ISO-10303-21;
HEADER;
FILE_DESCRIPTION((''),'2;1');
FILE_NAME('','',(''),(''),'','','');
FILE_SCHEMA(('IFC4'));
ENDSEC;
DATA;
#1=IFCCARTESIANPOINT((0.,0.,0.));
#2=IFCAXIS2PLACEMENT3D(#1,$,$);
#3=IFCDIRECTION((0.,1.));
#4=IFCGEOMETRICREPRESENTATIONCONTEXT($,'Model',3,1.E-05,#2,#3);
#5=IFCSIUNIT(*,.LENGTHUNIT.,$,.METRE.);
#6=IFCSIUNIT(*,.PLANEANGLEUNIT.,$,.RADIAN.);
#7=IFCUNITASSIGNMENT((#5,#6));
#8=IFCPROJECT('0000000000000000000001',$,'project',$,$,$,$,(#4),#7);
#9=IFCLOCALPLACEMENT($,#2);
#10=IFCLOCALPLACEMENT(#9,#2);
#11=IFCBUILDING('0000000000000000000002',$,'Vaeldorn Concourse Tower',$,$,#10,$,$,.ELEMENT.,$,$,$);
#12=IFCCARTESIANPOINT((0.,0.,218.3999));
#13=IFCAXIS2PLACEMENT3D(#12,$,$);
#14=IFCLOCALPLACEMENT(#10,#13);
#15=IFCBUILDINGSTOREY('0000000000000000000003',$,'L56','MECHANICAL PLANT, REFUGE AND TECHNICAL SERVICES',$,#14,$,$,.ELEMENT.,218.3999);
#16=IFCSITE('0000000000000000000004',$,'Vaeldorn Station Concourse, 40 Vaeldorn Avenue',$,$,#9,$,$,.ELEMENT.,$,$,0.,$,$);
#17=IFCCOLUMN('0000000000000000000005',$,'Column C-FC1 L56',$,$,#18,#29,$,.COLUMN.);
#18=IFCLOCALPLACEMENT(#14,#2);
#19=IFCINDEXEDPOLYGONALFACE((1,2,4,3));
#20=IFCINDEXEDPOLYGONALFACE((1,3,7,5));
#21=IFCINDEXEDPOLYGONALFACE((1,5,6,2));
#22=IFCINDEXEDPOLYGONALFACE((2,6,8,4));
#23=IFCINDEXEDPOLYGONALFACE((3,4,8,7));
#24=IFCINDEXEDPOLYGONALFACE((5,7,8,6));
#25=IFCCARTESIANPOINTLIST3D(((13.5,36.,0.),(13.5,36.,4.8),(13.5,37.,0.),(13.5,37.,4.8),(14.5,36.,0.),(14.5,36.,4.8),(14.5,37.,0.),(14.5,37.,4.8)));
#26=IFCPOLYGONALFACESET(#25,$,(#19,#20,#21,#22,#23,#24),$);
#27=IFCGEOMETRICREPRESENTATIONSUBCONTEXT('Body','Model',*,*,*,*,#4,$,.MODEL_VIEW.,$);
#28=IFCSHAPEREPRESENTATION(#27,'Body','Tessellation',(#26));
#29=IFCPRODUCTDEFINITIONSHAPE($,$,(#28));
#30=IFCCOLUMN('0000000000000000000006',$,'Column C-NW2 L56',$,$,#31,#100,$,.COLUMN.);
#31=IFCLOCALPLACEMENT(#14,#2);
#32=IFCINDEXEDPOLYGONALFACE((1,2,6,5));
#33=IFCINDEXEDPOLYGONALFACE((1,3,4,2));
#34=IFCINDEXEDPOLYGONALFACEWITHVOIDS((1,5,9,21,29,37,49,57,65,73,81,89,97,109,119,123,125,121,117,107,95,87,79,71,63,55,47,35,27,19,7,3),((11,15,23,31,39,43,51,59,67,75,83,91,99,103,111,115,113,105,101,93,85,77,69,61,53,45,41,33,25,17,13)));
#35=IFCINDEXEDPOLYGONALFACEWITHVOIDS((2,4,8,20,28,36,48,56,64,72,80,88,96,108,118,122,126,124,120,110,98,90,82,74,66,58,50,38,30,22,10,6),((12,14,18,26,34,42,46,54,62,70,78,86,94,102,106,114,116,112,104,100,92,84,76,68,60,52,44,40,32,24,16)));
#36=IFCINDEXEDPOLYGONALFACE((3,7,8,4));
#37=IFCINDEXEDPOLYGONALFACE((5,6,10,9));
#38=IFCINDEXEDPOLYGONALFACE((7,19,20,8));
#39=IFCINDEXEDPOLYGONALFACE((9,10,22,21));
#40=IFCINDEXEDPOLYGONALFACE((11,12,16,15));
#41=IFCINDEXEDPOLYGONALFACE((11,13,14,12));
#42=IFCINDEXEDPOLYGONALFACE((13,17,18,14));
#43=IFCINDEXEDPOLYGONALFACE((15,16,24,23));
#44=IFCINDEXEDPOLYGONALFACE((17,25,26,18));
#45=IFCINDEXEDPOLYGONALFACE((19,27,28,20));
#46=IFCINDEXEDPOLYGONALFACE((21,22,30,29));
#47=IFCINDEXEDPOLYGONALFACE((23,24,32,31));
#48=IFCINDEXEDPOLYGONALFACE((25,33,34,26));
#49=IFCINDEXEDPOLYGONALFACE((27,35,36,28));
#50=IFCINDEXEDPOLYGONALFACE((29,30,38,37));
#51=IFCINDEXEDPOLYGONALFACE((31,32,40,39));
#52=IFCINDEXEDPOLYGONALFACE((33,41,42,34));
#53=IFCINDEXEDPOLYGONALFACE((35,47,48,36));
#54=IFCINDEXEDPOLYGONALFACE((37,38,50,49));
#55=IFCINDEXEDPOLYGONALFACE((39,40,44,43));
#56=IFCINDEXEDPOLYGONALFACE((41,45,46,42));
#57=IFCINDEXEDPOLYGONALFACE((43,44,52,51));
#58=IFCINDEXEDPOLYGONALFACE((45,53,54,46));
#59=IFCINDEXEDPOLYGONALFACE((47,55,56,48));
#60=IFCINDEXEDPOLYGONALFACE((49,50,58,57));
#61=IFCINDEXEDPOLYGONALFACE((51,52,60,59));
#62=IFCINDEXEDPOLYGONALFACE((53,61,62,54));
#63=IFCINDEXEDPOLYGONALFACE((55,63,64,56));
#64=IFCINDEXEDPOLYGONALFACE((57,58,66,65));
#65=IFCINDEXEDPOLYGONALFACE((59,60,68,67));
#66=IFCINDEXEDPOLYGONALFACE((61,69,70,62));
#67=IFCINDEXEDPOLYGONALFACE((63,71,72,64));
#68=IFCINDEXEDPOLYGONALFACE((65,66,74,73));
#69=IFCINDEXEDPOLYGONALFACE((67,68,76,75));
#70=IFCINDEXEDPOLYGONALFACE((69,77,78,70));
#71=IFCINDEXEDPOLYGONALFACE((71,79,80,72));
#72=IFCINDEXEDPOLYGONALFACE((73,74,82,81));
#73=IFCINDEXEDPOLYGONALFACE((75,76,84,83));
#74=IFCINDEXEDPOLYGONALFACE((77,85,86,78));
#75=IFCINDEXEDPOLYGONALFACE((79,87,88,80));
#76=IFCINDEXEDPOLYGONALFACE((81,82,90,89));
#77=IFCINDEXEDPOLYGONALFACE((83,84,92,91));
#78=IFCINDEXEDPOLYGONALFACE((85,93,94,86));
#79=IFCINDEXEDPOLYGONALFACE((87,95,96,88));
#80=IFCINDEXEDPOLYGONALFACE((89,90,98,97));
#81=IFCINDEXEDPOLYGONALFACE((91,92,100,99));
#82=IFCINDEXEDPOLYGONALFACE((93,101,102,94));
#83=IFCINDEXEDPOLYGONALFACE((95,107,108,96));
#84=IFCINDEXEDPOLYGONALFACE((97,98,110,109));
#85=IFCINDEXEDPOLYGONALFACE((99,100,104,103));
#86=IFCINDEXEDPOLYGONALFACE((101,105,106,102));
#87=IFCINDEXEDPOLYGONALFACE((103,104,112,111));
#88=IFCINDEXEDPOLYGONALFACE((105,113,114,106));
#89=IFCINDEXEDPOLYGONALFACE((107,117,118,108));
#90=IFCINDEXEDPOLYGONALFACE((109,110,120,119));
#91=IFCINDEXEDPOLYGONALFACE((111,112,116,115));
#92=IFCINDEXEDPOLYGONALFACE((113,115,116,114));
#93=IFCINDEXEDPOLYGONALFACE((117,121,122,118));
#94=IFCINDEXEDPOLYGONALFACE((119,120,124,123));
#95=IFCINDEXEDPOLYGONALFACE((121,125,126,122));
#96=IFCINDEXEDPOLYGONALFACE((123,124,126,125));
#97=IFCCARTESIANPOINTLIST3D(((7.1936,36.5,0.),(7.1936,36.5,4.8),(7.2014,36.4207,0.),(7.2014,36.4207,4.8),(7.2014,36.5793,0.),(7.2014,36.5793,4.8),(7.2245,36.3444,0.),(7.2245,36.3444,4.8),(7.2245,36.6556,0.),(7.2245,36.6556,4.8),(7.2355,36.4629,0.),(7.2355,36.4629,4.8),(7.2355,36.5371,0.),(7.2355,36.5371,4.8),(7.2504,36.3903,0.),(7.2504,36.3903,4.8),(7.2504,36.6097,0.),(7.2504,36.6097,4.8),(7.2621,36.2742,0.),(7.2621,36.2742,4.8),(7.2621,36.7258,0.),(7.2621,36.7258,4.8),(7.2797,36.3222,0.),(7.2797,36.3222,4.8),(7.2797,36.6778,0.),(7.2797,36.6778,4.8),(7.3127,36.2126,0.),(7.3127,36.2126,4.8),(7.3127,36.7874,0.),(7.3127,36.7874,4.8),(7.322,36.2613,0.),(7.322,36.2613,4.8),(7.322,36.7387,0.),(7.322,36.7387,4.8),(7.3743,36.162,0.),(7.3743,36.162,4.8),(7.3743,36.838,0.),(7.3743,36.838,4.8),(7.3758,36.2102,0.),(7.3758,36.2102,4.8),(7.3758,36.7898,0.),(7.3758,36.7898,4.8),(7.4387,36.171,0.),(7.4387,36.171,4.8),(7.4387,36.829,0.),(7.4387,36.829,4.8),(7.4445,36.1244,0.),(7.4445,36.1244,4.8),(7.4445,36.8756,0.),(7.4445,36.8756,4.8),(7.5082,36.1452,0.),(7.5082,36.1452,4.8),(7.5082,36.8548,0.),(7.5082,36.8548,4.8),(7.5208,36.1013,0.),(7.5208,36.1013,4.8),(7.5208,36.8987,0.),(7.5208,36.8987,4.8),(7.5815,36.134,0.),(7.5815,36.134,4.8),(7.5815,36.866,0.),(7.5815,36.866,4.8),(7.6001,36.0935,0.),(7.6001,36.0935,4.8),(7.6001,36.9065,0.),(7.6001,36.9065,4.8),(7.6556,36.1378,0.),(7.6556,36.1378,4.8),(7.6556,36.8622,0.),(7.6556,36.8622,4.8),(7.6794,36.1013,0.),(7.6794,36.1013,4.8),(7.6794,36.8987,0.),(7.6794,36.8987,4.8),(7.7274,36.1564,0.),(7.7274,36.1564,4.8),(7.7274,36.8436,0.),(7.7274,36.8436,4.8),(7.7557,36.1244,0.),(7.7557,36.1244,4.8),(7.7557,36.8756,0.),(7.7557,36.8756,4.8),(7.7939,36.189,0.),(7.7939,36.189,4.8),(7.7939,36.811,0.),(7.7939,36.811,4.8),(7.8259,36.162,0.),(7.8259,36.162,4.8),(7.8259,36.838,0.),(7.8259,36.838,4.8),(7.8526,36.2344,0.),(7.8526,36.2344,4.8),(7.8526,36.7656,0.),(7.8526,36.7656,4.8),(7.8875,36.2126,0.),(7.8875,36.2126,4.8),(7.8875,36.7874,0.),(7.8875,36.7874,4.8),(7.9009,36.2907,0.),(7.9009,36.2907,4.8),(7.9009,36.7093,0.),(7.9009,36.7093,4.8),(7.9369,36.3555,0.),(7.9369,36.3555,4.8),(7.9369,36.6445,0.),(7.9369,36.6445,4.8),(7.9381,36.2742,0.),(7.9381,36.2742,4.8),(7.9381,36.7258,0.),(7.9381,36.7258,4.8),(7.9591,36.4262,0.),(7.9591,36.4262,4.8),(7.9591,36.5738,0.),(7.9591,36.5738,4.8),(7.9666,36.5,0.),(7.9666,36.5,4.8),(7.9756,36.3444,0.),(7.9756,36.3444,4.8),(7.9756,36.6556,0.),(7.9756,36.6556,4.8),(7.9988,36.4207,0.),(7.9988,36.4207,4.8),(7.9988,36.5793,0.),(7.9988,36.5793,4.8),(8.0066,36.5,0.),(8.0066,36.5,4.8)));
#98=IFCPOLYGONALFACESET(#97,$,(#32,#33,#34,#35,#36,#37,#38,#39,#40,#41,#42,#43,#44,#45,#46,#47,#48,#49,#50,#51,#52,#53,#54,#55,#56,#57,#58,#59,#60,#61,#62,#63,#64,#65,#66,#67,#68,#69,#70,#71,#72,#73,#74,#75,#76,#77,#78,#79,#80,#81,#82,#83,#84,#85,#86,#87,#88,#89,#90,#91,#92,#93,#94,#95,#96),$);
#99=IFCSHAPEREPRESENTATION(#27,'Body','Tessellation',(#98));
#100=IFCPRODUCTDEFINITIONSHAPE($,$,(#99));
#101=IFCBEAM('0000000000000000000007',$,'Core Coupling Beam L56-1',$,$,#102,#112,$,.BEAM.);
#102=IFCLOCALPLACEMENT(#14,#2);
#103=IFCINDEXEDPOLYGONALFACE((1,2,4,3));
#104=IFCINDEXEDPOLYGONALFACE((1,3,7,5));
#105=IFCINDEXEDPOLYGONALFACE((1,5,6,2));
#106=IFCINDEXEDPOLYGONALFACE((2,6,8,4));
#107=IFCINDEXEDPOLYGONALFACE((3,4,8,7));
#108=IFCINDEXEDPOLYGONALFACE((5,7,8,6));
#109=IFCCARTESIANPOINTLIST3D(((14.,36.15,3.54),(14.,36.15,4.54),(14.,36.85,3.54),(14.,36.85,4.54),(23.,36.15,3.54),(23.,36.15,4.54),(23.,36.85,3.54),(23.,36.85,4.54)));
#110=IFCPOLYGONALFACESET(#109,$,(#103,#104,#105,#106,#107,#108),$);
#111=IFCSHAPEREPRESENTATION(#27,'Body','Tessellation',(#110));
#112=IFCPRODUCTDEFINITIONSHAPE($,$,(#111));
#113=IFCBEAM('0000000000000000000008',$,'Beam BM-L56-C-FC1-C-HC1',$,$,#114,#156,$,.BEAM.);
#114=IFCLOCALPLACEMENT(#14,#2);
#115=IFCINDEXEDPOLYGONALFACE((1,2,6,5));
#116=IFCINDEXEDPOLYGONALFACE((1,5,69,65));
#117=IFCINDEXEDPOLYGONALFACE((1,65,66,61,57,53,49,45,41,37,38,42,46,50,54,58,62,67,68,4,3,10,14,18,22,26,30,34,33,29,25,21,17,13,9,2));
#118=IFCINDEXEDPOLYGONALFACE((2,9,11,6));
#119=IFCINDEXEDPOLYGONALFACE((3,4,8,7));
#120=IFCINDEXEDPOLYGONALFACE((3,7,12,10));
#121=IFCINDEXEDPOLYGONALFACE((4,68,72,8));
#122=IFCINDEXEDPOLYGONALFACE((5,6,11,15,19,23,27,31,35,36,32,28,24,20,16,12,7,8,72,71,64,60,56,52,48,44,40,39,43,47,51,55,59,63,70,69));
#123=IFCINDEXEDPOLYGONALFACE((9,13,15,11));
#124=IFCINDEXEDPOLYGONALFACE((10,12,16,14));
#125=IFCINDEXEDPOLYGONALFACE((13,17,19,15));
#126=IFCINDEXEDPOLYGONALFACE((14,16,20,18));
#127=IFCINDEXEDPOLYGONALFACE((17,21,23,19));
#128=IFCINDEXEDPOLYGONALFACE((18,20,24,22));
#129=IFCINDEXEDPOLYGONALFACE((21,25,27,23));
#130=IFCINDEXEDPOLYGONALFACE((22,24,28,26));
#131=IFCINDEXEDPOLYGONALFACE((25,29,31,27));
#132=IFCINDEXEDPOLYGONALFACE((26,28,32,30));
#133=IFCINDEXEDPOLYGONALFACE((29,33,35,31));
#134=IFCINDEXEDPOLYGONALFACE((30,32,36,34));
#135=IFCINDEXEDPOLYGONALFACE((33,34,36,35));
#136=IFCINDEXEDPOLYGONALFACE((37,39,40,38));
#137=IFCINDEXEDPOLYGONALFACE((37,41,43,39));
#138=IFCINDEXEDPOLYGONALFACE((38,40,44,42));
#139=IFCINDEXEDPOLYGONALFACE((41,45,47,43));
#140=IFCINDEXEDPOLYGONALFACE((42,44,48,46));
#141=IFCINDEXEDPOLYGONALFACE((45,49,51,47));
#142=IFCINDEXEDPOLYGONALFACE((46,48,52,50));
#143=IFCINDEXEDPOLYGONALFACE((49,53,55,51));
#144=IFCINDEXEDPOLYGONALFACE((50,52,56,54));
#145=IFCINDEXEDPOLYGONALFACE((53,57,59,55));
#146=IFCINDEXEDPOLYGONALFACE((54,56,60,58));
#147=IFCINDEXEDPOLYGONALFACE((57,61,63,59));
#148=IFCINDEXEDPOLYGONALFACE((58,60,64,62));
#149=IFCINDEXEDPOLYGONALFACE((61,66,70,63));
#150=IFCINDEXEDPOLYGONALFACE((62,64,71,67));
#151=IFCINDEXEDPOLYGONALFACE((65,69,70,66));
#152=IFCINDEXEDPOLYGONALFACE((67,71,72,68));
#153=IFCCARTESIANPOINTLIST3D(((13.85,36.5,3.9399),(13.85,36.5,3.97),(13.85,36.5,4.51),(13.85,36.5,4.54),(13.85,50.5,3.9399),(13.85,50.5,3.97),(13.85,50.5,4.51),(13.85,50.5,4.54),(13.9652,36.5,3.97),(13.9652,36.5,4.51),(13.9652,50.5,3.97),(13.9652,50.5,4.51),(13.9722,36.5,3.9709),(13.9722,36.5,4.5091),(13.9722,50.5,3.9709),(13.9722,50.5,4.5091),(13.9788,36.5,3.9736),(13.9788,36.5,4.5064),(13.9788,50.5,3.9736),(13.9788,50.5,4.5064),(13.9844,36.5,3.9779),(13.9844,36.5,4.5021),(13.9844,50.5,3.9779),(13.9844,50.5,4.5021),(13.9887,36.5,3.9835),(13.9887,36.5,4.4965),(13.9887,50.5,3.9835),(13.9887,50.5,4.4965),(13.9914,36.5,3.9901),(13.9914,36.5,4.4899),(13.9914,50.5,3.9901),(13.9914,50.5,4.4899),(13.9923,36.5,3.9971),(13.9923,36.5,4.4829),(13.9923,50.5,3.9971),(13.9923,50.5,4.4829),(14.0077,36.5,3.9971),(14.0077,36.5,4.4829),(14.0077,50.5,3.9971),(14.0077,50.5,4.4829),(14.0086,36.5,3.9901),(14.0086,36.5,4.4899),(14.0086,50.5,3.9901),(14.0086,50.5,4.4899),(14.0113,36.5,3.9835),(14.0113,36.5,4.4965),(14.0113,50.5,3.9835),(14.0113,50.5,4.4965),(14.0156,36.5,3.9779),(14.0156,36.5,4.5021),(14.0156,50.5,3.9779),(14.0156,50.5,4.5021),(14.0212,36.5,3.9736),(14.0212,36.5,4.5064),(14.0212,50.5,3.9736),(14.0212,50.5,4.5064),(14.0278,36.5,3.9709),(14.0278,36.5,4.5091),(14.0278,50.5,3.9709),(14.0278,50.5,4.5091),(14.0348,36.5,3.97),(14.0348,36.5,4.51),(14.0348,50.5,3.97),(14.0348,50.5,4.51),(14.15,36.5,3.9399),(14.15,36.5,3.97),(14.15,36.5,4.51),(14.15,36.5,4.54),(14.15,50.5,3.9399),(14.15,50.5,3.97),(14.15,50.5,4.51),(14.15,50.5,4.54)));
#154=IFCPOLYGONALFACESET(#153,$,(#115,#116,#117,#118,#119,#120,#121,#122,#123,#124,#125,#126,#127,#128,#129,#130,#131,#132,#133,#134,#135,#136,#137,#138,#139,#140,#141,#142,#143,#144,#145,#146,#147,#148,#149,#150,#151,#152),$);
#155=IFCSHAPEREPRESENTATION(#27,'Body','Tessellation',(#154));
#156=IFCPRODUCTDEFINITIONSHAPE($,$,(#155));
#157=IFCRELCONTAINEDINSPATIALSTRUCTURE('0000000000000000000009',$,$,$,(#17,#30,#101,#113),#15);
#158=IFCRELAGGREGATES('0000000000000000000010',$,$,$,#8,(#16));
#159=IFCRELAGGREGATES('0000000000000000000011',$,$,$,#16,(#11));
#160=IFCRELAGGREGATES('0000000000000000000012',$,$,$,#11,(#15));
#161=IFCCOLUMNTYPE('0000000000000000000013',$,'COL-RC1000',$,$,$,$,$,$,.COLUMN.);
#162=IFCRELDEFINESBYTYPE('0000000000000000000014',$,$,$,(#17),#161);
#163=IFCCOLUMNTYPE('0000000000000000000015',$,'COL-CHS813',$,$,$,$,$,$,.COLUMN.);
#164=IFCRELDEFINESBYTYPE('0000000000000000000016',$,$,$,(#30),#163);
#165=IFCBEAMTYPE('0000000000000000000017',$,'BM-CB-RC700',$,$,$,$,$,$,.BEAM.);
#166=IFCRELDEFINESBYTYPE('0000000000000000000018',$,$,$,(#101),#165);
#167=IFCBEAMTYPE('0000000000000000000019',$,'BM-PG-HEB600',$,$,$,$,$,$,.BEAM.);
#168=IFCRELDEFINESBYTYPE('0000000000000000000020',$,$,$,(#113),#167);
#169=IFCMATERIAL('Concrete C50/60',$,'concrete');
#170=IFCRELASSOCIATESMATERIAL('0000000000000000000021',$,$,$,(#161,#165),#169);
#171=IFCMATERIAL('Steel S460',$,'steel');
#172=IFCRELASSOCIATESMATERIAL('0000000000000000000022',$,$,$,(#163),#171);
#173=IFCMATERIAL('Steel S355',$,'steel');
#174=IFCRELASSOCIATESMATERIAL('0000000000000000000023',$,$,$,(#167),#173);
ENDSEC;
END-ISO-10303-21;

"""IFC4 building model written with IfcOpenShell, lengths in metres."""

from ifc_helpers import new_model, si_unit, direction, frame, origin, origin_2d, place, context, subcontext, project, spatial, rectangle, hollow_circle, i_section, extrude, source, transform, mapped, material, material_profile, profile_set, type_object, element, save


model = new_model("IFC4")

# Units and contexts
model_context = context("Model", 3, precision=1e-05, world=origin(), true_north=direction((0.0, 1.0)))
body_context = subcontext(model_context, "Body", "Model", "MODEL_VIEW")
ifc_project = project(units=[si_unit("LENGTHUNIT", "METRE"), si_unit("PLANEANGLEUNIT", "RADIAN")], contexts=[model_context])

# Site, building, storey
site_placement = place(None, origin())
site = spatial("IfcSite", under=ifc_project, at=site_placement, Name="Vaeldorn Station Concourse, 40 Vaeldorn Avenue", CompositionType="ELEMENT", RefElevation=0.0)
building_placement = place(site_placement, origin())
building = spatial("IfcBuilding", under=site, at=building_placement, Name="Vaeldorn Concourse Tower", CompositionType="ELEMENT")
storey_placement = place(building_placement, frame((0.0, 0.0, 218.3999)))
storey = spatial("IfcBuildingStorey", under=building, at=storey_placement, Name="L56", Description="MECHANICAL PLANT, REFUGE AND TECHNICAL SERVICES", CompositionType="ELEMENT", Elevation=218.3999)

# Columns
ifc_material_1 = material(Name="Concrete C50/60", Category="concrete")
ifc_material_profile_1 = material_profile(ifc_material_1, rectangle(XDim=1.0, YDim=1.0, at=origin_2d()), Name="RC 1000x1000")
ifc_profile_set_1 = profile_set([ifc_material_profile_1], Name="Concrete C50/60")
column_type_1 = type_object("IfcColumnType", Name="COL-RC1000", PredefinedType="COLUMN", material=ifc_profile_set_1)
shared_shape_1 = source(origin(), body_context, "Body", "SweptSolid", [
    extrude(rectangle(XDim=1.0, YDim=1.0, at=origin_2d()), origin(), (0.0, 0.0, 1.0), 4.8),
])
column_1_placement = place(storey_placement, frame((14.0, 36.5, 0.0), z_axis=(0.0, 0.0, 1.0), x_axis=(1.0, 0.0, 0.0)))
element("IfcColumn", 1, at=column_1_placement, inside=storey, type_object=column_type_1, Name="Column C-FC1 L56", PredefinedType="COLUMN", context=body_context, shape_type="MappedRepresentation", body=[
    mapped(shared_shape_1, transform((0.0, 0.0, 0.0), scale=1.0)),
])
ifc_material_2 = material(Name="Steel S460", Category="steel")
ifc_material_profile_2 = material_profile(ifc_material_2, hollow_circle(Radius=0.4065, WallThickness=0.04, at=origin_2d()), Name="CHS 813x40")
ifc_profile_set_2 = profile_set([ifc_material_profile_2], Name="Steel S460")
column_type_2 = type_object("IfcColumnType", Name="COL-CHS813", PredefinedType="COLUMN", material=ifc_profile_set_2)
shared_shape_2 = source(origin(), body_context, "Body", "SweptSolid", [
    extrude(hollow_circle(Radius=0.4065, WallThickness=0.04, at=origin_2d()), origin(), (0.0, 0.0, 1.0), 4.8),
])
column_2_placement = place(storey_placement, frame((7.6001, 36.5, 0.0), z_axis=(0.0, 0.0, 1.0), x_axis=(1.0, 0.0, 0.0)))
element("IfcColumn", 2, at=column_2_placement, inside=storey, type_object=column_type_2, Name="Column C-NW2 L56", PredefinedType="COLUMN", context=body_context, shape_type="MappedRepresentation", body=[
    mapped(shared_shape_2, transform((0.0, 0.0, 0.0), scale=1.0)),
])

# Beams
ifc_material_profile_3 = material_profile(ifc_material_1, rectangle(XDim=0.7, YDim=1.0, at=origin_2d()), Name="RC 700x1000")
ifc_profile_set_3 = profile_set([ifc_material_profile_3], Name="Concrete C50/60")
beam_type_1 = type_object("IfcBeamType", Name="BM-CB-RC700", PredefinedType="BEAM", material=ifc_profile_set_3)
shared_shape_3 = source(origin(), body_context, "Body", "SweptSolid", [
    extrude(rectangle(XDim=0.7, YDim=1.0, at=origin_2d()), origin(), (0.0, 0.0, 1.0), 9.0),
])
beam_1_placement = place(storey_placement, frame((14.0, 36.5, 4.04), z_axis=(1.0, 0.0, 0.0), x_axis=(0.0, 1.0, 0.0)))
element("IfcBeam", 3, at=beam_1_placement, inside=storey, type_object=beam_type_1, Name="Core Coupling Beam L56-1", PredefinedType="BEAM", context=body_context, shape_type="MappedRepresentation", body=[
    mapped(shared_shape_3, transform((0.0, 0.0, 0.0), scale=1.0)),
])
ifc_material_3 = material(Name="Steel S355", Category="steel")
ifc_material_profile_4 = material_profile(ifc_material_3, i_section(OverallWidth=0.3, OverallDepth=0.6001, WebThickness=0.0154, FlangeThickness=0.03, FilletRadius=0.0271, at=origin_2d()), Name="HEB 600")
ifc_profile_set_4 = profile_set([ifc_material_profile_4], Name="Steel S355")
beam_type_2 = type_object("IfcBeamType", Name="BM-PG-HEB600", PredefinedType="BEAM", material=ifc_profile_set_4)
shared_shape_4 = source(origin(), body_context, "Body", "SweptSolid", [
    extrude(i_section(OverallWidth=0.3, OverallDepth=0.6001, WebThickness=0.0154, FlangeThickness=0.03, FilletRadius=0.0271, at=origin_2d()), origin(), (0.0, 0.0, 1.0), 14.0),
])
beam_2_placement = place(storey_placement, frame((14.0, 36.5, 4.24), z_axis=(0.0, 1.0, 0.0), x_axis=(-1.0, 0.0, 0.0)))
element("IfcBeam", 4, at=beam_2_placement, inside=storey, type_object=beam_type_2, Name="Beam BM-L56-C-FC1-C-HC1", PredefinedType="BEAM", context=body_context, shape_type="MappedRepresentation", body=[
    mapped(shared_shape_4, transform((0.0, 0.0, 0.0), scale=1.0)),
])

save(model, "model.ifc")
